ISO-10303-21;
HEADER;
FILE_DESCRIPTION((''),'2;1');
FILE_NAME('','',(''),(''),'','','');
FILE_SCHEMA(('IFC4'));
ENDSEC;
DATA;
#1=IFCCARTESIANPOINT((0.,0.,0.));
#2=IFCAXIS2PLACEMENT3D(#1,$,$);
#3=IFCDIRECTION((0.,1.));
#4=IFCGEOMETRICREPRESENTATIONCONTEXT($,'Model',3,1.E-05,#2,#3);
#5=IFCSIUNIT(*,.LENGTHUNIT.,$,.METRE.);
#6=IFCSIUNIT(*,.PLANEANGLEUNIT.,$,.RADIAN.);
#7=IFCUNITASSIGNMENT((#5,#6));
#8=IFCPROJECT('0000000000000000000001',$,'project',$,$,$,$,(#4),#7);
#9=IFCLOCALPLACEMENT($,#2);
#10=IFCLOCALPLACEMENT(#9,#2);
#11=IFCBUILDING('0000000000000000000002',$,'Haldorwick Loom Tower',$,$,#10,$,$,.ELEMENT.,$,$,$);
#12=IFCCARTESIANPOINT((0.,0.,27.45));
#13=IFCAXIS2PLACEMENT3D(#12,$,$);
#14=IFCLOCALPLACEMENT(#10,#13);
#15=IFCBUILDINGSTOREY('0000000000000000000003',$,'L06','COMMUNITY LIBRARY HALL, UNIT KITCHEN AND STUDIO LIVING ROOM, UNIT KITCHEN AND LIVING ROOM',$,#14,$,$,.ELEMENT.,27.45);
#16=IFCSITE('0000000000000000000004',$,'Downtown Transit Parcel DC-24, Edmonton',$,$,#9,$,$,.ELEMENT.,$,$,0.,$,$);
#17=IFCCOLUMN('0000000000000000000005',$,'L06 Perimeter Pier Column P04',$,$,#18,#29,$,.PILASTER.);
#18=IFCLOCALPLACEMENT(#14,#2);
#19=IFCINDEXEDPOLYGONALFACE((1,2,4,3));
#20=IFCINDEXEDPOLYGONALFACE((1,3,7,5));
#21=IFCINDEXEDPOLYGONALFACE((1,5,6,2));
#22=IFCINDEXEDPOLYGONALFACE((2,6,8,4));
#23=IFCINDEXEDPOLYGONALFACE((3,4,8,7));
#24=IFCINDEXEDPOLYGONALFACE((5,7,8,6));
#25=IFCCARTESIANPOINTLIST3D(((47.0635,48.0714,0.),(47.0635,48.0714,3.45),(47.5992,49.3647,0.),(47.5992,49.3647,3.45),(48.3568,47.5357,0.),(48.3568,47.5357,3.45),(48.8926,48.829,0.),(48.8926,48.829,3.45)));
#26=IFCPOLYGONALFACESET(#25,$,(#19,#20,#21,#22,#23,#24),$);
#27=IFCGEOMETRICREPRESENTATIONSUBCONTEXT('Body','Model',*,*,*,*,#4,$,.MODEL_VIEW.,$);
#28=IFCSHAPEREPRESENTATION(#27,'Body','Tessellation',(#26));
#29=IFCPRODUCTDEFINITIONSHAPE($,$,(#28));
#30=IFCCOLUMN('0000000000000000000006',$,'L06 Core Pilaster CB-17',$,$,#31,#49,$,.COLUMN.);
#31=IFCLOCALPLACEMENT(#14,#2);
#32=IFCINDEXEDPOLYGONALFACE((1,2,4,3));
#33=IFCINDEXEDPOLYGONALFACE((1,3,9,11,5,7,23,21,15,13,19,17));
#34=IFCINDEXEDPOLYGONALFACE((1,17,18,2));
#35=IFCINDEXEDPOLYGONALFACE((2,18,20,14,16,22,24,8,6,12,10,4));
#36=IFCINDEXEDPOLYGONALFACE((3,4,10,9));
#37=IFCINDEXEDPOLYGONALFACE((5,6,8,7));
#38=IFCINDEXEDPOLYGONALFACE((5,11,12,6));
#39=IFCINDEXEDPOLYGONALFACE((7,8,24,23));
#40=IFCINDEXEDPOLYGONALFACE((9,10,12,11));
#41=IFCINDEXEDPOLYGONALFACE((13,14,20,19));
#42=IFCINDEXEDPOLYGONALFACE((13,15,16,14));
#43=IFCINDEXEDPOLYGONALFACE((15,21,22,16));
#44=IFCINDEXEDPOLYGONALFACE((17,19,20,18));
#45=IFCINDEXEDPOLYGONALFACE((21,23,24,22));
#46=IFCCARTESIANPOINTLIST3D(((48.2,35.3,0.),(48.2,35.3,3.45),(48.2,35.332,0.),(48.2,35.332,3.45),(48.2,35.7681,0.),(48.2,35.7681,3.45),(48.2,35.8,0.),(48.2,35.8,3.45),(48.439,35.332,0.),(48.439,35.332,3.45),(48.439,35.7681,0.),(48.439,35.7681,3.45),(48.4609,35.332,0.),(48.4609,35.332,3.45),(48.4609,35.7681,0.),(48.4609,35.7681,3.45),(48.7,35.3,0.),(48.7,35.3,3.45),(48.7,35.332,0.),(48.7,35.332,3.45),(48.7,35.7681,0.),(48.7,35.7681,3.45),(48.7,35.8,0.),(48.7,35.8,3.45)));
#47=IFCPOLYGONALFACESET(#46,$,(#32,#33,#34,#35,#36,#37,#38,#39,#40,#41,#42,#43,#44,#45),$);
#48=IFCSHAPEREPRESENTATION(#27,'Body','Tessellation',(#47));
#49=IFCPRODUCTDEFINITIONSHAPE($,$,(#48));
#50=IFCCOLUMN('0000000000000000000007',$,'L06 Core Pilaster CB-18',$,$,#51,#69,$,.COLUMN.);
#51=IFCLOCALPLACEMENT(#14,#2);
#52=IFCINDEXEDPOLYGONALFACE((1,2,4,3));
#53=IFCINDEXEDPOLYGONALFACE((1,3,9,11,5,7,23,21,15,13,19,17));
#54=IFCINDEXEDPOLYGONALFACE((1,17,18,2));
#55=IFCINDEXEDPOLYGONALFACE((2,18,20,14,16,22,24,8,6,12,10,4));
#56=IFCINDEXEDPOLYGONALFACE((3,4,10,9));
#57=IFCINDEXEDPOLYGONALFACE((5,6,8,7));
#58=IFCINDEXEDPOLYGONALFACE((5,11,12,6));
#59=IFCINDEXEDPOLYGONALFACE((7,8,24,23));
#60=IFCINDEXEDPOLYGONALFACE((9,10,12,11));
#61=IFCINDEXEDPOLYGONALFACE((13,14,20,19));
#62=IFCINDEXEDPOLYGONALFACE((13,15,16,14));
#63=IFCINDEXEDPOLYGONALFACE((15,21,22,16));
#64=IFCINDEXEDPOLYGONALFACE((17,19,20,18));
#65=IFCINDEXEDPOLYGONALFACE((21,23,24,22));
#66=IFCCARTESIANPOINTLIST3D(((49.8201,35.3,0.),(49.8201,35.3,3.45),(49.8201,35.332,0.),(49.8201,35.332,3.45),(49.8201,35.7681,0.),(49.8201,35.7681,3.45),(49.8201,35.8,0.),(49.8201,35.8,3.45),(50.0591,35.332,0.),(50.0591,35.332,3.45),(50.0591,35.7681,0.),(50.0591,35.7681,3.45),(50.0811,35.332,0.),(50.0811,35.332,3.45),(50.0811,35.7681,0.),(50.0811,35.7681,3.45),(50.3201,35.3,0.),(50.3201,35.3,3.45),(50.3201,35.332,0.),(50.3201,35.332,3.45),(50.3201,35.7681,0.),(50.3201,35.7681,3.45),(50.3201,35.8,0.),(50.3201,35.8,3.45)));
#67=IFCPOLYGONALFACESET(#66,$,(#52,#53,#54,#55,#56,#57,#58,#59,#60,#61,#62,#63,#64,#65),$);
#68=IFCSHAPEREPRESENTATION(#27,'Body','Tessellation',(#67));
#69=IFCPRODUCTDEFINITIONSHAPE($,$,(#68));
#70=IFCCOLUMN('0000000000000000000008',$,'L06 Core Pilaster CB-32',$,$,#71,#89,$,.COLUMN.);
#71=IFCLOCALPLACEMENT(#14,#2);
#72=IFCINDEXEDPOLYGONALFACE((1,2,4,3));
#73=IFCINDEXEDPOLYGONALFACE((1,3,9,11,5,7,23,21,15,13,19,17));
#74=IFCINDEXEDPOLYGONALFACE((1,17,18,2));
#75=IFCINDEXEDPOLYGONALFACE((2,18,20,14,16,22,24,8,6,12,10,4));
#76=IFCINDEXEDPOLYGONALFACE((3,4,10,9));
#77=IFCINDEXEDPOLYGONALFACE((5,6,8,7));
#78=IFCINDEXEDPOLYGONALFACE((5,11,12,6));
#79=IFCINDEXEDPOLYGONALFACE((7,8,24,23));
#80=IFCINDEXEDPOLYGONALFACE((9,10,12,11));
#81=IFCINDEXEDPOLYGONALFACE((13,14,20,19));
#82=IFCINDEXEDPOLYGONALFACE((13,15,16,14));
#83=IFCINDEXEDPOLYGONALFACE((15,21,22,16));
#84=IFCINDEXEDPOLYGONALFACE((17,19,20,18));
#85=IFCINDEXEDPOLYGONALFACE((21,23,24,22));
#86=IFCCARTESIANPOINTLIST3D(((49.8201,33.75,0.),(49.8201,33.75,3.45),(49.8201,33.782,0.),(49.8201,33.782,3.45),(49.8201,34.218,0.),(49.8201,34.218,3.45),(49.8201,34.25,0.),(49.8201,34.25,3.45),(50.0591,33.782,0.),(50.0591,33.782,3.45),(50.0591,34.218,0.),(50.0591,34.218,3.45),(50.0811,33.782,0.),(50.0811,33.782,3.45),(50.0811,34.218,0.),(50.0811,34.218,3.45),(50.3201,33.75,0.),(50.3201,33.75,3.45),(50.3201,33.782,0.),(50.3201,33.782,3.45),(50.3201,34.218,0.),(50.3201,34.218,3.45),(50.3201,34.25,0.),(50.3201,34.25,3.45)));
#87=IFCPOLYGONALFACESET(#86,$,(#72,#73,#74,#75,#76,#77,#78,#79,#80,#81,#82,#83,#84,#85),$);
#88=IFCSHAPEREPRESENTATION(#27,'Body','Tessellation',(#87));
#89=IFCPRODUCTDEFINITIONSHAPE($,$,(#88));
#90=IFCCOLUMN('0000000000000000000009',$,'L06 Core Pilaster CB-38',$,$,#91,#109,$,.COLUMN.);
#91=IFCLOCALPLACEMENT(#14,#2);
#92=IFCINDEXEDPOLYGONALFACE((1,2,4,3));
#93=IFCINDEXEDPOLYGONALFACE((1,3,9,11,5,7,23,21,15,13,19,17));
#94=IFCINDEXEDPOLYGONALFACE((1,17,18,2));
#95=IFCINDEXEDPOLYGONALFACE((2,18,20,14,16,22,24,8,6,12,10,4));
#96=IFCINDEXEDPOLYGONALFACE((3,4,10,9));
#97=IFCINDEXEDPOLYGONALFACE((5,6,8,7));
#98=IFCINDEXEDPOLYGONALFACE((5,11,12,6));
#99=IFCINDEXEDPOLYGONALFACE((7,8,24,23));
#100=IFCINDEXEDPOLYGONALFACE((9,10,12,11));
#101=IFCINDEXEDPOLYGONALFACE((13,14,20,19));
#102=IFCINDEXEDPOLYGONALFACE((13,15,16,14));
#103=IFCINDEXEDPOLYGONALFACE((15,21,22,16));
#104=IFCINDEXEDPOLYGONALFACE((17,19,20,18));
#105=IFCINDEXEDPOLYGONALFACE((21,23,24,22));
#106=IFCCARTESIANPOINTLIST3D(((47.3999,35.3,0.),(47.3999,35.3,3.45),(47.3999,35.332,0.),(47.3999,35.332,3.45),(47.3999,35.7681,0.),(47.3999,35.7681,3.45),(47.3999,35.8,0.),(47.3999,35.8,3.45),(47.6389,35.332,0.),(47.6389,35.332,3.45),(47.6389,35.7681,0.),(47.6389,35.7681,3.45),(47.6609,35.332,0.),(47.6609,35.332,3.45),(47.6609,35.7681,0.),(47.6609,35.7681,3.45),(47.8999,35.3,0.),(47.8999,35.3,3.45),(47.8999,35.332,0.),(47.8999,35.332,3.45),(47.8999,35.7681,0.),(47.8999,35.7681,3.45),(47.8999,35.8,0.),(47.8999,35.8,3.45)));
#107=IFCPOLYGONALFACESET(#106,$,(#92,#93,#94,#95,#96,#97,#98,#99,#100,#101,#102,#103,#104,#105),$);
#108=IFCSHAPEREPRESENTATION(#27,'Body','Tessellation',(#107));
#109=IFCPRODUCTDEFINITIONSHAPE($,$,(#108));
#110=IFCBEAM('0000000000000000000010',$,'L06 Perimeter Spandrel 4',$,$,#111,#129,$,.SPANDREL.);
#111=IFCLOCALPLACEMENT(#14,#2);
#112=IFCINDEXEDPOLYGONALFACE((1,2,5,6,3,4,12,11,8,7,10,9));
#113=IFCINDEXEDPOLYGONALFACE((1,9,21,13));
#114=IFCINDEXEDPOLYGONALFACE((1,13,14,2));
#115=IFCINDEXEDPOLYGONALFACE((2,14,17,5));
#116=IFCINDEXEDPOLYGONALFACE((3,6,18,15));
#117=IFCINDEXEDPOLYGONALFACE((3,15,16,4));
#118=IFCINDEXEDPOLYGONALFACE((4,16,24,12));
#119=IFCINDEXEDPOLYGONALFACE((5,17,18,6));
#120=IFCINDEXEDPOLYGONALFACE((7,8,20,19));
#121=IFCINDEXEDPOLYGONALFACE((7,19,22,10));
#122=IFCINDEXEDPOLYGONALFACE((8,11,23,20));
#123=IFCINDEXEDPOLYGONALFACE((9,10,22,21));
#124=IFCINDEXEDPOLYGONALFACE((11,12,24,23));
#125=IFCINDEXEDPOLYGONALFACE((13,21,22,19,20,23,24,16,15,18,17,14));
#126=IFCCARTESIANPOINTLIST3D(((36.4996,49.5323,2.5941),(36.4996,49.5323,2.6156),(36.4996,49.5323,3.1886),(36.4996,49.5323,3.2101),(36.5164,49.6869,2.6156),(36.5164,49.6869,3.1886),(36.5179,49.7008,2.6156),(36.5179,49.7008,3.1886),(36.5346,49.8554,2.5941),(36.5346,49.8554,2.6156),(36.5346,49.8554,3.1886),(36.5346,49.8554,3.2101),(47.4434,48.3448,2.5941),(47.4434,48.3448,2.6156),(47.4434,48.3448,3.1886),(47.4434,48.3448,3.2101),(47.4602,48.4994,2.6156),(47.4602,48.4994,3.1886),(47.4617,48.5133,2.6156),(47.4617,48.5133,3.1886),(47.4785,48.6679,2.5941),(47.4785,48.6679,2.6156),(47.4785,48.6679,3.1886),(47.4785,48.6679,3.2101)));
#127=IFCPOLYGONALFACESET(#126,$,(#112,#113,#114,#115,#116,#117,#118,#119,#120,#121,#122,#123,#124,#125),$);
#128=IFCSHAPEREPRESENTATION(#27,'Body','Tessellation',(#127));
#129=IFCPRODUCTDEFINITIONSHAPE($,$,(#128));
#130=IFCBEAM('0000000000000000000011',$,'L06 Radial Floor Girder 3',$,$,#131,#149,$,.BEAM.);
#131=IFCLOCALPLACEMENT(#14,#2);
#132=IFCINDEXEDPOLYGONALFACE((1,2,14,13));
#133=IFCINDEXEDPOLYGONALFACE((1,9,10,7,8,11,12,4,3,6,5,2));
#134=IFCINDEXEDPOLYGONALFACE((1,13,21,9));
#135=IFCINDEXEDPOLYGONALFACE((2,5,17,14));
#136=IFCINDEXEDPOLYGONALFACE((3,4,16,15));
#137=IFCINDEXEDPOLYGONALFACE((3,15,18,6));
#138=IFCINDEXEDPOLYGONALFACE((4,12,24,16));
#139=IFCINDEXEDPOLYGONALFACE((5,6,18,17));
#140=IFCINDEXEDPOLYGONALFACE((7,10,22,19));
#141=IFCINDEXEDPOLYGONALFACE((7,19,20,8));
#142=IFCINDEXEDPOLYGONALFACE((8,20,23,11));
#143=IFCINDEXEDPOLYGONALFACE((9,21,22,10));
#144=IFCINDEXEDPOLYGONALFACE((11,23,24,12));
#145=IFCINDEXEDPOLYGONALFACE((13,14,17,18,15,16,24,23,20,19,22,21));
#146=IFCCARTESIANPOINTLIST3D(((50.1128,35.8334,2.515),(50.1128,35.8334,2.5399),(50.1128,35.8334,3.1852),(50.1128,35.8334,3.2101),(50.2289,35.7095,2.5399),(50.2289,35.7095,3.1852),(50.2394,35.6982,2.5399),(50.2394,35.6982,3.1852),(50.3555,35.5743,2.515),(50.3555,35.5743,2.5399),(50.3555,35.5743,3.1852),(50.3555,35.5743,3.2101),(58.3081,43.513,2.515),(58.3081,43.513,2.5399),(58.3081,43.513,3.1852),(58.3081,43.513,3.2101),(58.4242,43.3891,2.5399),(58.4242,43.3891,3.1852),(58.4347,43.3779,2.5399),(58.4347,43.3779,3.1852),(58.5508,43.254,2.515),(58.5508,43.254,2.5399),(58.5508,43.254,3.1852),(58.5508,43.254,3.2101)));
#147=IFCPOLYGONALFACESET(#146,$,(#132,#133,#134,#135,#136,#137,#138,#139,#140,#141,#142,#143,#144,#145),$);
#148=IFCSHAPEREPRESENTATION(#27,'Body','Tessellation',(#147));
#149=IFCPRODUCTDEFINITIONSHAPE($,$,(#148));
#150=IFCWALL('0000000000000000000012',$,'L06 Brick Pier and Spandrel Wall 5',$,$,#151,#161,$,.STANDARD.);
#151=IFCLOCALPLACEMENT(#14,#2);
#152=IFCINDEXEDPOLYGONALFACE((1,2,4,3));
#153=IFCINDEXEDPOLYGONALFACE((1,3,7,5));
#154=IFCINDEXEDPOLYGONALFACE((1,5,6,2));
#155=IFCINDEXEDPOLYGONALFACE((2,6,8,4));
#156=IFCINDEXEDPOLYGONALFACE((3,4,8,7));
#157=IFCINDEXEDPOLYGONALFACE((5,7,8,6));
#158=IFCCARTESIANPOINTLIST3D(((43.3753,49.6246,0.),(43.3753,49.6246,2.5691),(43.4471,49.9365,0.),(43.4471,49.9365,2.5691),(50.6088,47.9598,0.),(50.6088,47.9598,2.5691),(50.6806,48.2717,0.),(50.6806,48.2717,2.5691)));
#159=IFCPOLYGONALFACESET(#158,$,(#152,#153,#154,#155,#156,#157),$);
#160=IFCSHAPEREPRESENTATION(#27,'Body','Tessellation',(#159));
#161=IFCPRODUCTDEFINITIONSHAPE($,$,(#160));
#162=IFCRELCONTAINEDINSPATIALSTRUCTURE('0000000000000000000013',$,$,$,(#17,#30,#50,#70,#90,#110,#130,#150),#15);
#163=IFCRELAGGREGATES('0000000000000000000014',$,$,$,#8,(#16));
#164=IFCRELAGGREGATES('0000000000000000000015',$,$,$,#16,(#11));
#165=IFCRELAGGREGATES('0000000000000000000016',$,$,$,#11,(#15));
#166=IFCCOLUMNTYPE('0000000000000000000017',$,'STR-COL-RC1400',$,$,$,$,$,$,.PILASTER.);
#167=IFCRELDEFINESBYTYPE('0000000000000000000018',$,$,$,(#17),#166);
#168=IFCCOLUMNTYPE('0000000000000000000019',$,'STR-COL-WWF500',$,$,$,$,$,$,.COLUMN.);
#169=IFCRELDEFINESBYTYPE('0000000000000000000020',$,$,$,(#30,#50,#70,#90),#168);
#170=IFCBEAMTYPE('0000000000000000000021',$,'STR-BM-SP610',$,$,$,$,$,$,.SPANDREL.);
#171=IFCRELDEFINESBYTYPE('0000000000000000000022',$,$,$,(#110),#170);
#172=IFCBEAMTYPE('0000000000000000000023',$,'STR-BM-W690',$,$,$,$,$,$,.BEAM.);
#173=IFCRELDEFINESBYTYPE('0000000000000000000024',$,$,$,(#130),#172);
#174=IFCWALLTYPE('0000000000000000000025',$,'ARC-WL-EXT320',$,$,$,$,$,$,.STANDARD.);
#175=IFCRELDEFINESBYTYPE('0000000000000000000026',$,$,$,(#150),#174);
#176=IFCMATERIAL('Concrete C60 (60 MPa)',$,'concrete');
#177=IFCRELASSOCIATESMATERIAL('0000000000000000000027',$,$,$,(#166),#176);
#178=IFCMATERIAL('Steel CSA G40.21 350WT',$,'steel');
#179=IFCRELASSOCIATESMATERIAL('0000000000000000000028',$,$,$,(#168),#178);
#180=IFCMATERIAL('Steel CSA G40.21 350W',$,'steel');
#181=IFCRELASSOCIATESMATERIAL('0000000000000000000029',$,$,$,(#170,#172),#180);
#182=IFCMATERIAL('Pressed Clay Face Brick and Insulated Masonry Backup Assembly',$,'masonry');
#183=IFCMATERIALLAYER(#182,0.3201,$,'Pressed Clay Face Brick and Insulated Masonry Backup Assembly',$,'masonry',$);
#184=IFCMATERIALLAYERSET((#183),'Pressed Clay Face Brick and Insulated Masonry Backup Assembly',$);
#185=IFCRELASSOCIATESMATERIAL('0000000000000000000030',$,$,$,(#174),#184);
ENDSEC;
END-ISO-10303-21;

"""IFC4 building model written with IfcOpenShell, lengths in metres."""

from ifc_helpers import new_model, si_unit, direction, frame, frame_2d, origin, origin_2d, place, context, subcontext, project, spatial, rectangle, i_section, extrude, material, layer, layer_set, material_profile, profile_set, type_object, element, save


model = new_model("IFC4")

# Units and contexts
model_context = context("Model", 3, precision=1e-05, world=origin(), true_north=direction((0.0, 1.0)))
body_context = subcontext(model_context, "Body", "Model", "MODEL_VIEW")
ifc_project = project(units=[si_unit("LENGTHUNIT", "METRE"), si_unit("PLANEANGLEUNIT", "RADIAN")], contexts=[model_context])

# Site, building, storey
site_placement = place(None, origin())
site = spatial("IfcSite", under=ifc_project, at=site_placement, Name="Downtown Transit Parcel DC-24, Edmonton", CompositionType="ELEMENT", RefElevation=0.0)
building_placement = place(site_placement, origin())
building = spatial("IfcBuilding", under=site, at=building_placement, Name="Haldorwick Loom Tower", CompositionType="ELEMENT")
storey_placement = place(building_placement, frame((0.0, 0.0, 27.45)))
storey = spatial("IfcBuildingStorey", under=building, at=storey_placement, Name="L06", Description="COMMUNITY LIBRARY HALL, UNIT KITCHEN AND STUDIO LIVING ROOM, UNIT KITCHEN AND LIVING ROOM", CompositionType="ELEMENT", Elevation=27.45)

# Columns
ifc_material_1 = material(Name="Concrete C60 (60 MPa)", Category="concrete")
ifc_material_profile_1 = material_profile(ifc_material_1, rectangle(XDim=1.3999, YDim=1.3999, at=origin_2d()), Name="RC1400X1400", Category="concrete")
ifc_profile_set_1 = profile_set([ifc_material_profile_1], Name="Concrete C60 (60 MPa)")
column_type_1 = type_object("IfcColumnType", Name="STR-COL-RC1400", PredefinedType="PILASTER", material=ifc_profile_set_1)
column_placement = place(storey_placement, frame((47.978, 48.4502, 0.0), z_axis=(0.0, 0.0, 1.0), x_axis=(0.382683, 0.92388, 0.0)))
element("IfcColumn", 1, at=column_placement, inside=storey, type_object=column_type_1, Name="L06 Perimeter Pier Column P04", PredefinedType="PILASTER", context=body_context, shape_type="SweptSolid", body=[
    extrude(rectangle(XDim=1.3999, YDim=1.3999, at=origin_2d()), origin(), (0.0, 0.0, 1.0), 3.45),
])
ifc_material_2 = material(Name="Steel CSA G40.21 350WT", Category="steel")
ifc_material_profile_2 = material_profile(ifc_material_2, i_section(OverallWidth=0.5, OverallDepth=0.5, WebThickness=0.022, FlangeThickness=0.032, at=origin_2d()), Name="WWF500X500", Category="steel")
ifc_profile_set_2 = profile_set([ifc_material_profile_2], Name="Steel CSA G40.21 350WT")
column_type_2 = type_object("IfcColumnType", Name="STR-COL-WWF500", PredefinedType="COLUMN", material=ifc_profile_set_2)
for number, where, z_axis, x_axis, name in (
    (2, (48.45, 35.55, 0.0), (0.0, 0.0, 1.0), (1.0, 0.0, 0.0), "L06 Core Pilaster CB-17"),
    (3, (50.0701, 35.55, 0.0), (0.0, 0.0, 1.0), (1.0, 0.0, 0.0), "L06 Core Pilaster CB-18"),
    (4, (50.0701, 34.0, 0.0), (0.0, 0.0, 1.0), (1.0, 0.0, 0.0), "L06 Core Pilaster CB-32"),
    (5, (47.6499, 35.55, 0.0), (0.0, 0.0, 1.0), (1.0, 0.0, 0.0), "L06 Core Pilaster CB-38"),
):
    element("IfcColumn", number, at=place(storey_placement, frame(where, z_axis=z_axis, x_axis=x_axis)), inside=storey, type_object=column_type_2, Name=name, PredefinedType="COLUMN", context=body_context, shape_type="SweptSolid", body=[
        extrude(i_section(OverallWidth=0.5, OverallDepth=0.5, WebThickness=0.022, FlangeThickness=0.032, at=origin_2d()), origin(), (0.0, 0.0, 1.0), 3.45),
    ])

# Beams
ifc_material_3 = material(Name="Steel CSA G40.21 350W", Category="steel")
ifc_material_profile_3 = material_profile(ifc_material_3, i_section(OverallWidth=0.325, OverallDepth=0.616, WebThickness=0.0139, FlangeThickness=0.0215, at=origin_2d()), Name="W610X174", Category="steel")
ifc_profile_set_3 = profile_set([ifc_material_profile_3], Name="Steel CSA G40.21 350W")
beam_type_1 = type_object("IfcBeamType", Name="STR-BM-SP610", PredefinedType="SPANDREL", material=ifc_profile_set_3)
beam_1_placement = place(storey_placement, frame((47.4609, 48.5063, 2.9021), z_axis=(-0.994164, 0.107875, 0.0), x_axis=(-0.107875, -0.994164, 0.0)))
element("IfcBeam", 6, at=beam_1_placement, inside=storey, type_object=beam_type_1, Name="L06 Perimeter Spandrel 4", PredefinedType="SPANDREL", context=body_context, shape_type="SweptSolid", body=[
    extrude(i_section(OverallWidth=0.325, OverallDepth=0.616, WebThickness=0.0139, FlangeThickness=0.0215, at=origin_2d()), origin(), (0.0, 0.0, 1.0), 11.0081),
])
ifc_material_profile_4 = material_profile(ifc_material_3, i_section(OverallWidth=0.355, OverallDepth=0.6951, WebThickness=0.0154, FlangeThickness=0.0249, at=origin_2d()), Name="W690X217", Category="steel")
ifc_profile_set_4 = profile_set([ifc_material_profile_4], Name="Steel CSA G40.21 350W")
beam_type_2 = type_object("IfcBeamType", Name="STR-BM-W690", PredefinedType="BEAM", material=ifc_profile_set_4)
beam_2_placement = place(storey_placement, frame((50.2341, 35.7039, 2.8625), z_axis=(0.729689, 0.683779, 0.0), x_axis=(-0.683779, 0.729689, 0.0)))
element("IfcBeam", 7, at=beam_2_placement, inside=storey, type_object=beam_type_2, Name="L06 Radial Floor Girder 3", PredefinedType="BEAM", context=body_context, shape_type="SweptSolid", body=[
    extrude(i_section(OverallWidth=0.355, OverallDepth=0.6951, WebThickness=0.0154, FlangeThickness=0.0249, at=origin_2d()), origin(), (0.0, 0.0, 1.0), 11.2312),
])

# Wall
ifc_material_4 = material(Name="Pressed Clay Face Brick and Insulated Masonry Backup Assembly", Category="masonry")
ifc_layer_1 = layer(ifc_material_4, 0.3201, Name="Pressed Clay Face Brick and Insulated Masonry Backup Assembly", Category="masonry")
ifc_layer_set_1 = layer_set([ifc_layer_1], Name="Pressed Clay Face Brick and Insulated Masonry Backup Assembly")
wall_type_1 = type_object("IfcWallType", Name="ARC-WL-EXT320", PredefinedType="STANDARD", material=ifc_layer_set_1)
wall_1_placement = place(storey_placement, frame((50.6448, 48.1157, 0.0), z_axis=(0.0, 0.0, 1.0), x_axis=(-0.974522, 0.22429, 0.0)))
element("IfcWall", 8, at=wall_1_placement, inside=storey, type_object=wall_type_1, Name="L06 Brick Pier and Spandrel Wall 5", PredefinedType="STANDARD", context=body_context, shape_type="SweptSolid", body=[
    extrude(rectangle(XDim=7.4226, YDim=0.3201, at=frame_2d((3.7114, 0.0))), origin(), (0.0, 0.0, 1.0), 2.5691),
])

save(model, "model.ifc")
